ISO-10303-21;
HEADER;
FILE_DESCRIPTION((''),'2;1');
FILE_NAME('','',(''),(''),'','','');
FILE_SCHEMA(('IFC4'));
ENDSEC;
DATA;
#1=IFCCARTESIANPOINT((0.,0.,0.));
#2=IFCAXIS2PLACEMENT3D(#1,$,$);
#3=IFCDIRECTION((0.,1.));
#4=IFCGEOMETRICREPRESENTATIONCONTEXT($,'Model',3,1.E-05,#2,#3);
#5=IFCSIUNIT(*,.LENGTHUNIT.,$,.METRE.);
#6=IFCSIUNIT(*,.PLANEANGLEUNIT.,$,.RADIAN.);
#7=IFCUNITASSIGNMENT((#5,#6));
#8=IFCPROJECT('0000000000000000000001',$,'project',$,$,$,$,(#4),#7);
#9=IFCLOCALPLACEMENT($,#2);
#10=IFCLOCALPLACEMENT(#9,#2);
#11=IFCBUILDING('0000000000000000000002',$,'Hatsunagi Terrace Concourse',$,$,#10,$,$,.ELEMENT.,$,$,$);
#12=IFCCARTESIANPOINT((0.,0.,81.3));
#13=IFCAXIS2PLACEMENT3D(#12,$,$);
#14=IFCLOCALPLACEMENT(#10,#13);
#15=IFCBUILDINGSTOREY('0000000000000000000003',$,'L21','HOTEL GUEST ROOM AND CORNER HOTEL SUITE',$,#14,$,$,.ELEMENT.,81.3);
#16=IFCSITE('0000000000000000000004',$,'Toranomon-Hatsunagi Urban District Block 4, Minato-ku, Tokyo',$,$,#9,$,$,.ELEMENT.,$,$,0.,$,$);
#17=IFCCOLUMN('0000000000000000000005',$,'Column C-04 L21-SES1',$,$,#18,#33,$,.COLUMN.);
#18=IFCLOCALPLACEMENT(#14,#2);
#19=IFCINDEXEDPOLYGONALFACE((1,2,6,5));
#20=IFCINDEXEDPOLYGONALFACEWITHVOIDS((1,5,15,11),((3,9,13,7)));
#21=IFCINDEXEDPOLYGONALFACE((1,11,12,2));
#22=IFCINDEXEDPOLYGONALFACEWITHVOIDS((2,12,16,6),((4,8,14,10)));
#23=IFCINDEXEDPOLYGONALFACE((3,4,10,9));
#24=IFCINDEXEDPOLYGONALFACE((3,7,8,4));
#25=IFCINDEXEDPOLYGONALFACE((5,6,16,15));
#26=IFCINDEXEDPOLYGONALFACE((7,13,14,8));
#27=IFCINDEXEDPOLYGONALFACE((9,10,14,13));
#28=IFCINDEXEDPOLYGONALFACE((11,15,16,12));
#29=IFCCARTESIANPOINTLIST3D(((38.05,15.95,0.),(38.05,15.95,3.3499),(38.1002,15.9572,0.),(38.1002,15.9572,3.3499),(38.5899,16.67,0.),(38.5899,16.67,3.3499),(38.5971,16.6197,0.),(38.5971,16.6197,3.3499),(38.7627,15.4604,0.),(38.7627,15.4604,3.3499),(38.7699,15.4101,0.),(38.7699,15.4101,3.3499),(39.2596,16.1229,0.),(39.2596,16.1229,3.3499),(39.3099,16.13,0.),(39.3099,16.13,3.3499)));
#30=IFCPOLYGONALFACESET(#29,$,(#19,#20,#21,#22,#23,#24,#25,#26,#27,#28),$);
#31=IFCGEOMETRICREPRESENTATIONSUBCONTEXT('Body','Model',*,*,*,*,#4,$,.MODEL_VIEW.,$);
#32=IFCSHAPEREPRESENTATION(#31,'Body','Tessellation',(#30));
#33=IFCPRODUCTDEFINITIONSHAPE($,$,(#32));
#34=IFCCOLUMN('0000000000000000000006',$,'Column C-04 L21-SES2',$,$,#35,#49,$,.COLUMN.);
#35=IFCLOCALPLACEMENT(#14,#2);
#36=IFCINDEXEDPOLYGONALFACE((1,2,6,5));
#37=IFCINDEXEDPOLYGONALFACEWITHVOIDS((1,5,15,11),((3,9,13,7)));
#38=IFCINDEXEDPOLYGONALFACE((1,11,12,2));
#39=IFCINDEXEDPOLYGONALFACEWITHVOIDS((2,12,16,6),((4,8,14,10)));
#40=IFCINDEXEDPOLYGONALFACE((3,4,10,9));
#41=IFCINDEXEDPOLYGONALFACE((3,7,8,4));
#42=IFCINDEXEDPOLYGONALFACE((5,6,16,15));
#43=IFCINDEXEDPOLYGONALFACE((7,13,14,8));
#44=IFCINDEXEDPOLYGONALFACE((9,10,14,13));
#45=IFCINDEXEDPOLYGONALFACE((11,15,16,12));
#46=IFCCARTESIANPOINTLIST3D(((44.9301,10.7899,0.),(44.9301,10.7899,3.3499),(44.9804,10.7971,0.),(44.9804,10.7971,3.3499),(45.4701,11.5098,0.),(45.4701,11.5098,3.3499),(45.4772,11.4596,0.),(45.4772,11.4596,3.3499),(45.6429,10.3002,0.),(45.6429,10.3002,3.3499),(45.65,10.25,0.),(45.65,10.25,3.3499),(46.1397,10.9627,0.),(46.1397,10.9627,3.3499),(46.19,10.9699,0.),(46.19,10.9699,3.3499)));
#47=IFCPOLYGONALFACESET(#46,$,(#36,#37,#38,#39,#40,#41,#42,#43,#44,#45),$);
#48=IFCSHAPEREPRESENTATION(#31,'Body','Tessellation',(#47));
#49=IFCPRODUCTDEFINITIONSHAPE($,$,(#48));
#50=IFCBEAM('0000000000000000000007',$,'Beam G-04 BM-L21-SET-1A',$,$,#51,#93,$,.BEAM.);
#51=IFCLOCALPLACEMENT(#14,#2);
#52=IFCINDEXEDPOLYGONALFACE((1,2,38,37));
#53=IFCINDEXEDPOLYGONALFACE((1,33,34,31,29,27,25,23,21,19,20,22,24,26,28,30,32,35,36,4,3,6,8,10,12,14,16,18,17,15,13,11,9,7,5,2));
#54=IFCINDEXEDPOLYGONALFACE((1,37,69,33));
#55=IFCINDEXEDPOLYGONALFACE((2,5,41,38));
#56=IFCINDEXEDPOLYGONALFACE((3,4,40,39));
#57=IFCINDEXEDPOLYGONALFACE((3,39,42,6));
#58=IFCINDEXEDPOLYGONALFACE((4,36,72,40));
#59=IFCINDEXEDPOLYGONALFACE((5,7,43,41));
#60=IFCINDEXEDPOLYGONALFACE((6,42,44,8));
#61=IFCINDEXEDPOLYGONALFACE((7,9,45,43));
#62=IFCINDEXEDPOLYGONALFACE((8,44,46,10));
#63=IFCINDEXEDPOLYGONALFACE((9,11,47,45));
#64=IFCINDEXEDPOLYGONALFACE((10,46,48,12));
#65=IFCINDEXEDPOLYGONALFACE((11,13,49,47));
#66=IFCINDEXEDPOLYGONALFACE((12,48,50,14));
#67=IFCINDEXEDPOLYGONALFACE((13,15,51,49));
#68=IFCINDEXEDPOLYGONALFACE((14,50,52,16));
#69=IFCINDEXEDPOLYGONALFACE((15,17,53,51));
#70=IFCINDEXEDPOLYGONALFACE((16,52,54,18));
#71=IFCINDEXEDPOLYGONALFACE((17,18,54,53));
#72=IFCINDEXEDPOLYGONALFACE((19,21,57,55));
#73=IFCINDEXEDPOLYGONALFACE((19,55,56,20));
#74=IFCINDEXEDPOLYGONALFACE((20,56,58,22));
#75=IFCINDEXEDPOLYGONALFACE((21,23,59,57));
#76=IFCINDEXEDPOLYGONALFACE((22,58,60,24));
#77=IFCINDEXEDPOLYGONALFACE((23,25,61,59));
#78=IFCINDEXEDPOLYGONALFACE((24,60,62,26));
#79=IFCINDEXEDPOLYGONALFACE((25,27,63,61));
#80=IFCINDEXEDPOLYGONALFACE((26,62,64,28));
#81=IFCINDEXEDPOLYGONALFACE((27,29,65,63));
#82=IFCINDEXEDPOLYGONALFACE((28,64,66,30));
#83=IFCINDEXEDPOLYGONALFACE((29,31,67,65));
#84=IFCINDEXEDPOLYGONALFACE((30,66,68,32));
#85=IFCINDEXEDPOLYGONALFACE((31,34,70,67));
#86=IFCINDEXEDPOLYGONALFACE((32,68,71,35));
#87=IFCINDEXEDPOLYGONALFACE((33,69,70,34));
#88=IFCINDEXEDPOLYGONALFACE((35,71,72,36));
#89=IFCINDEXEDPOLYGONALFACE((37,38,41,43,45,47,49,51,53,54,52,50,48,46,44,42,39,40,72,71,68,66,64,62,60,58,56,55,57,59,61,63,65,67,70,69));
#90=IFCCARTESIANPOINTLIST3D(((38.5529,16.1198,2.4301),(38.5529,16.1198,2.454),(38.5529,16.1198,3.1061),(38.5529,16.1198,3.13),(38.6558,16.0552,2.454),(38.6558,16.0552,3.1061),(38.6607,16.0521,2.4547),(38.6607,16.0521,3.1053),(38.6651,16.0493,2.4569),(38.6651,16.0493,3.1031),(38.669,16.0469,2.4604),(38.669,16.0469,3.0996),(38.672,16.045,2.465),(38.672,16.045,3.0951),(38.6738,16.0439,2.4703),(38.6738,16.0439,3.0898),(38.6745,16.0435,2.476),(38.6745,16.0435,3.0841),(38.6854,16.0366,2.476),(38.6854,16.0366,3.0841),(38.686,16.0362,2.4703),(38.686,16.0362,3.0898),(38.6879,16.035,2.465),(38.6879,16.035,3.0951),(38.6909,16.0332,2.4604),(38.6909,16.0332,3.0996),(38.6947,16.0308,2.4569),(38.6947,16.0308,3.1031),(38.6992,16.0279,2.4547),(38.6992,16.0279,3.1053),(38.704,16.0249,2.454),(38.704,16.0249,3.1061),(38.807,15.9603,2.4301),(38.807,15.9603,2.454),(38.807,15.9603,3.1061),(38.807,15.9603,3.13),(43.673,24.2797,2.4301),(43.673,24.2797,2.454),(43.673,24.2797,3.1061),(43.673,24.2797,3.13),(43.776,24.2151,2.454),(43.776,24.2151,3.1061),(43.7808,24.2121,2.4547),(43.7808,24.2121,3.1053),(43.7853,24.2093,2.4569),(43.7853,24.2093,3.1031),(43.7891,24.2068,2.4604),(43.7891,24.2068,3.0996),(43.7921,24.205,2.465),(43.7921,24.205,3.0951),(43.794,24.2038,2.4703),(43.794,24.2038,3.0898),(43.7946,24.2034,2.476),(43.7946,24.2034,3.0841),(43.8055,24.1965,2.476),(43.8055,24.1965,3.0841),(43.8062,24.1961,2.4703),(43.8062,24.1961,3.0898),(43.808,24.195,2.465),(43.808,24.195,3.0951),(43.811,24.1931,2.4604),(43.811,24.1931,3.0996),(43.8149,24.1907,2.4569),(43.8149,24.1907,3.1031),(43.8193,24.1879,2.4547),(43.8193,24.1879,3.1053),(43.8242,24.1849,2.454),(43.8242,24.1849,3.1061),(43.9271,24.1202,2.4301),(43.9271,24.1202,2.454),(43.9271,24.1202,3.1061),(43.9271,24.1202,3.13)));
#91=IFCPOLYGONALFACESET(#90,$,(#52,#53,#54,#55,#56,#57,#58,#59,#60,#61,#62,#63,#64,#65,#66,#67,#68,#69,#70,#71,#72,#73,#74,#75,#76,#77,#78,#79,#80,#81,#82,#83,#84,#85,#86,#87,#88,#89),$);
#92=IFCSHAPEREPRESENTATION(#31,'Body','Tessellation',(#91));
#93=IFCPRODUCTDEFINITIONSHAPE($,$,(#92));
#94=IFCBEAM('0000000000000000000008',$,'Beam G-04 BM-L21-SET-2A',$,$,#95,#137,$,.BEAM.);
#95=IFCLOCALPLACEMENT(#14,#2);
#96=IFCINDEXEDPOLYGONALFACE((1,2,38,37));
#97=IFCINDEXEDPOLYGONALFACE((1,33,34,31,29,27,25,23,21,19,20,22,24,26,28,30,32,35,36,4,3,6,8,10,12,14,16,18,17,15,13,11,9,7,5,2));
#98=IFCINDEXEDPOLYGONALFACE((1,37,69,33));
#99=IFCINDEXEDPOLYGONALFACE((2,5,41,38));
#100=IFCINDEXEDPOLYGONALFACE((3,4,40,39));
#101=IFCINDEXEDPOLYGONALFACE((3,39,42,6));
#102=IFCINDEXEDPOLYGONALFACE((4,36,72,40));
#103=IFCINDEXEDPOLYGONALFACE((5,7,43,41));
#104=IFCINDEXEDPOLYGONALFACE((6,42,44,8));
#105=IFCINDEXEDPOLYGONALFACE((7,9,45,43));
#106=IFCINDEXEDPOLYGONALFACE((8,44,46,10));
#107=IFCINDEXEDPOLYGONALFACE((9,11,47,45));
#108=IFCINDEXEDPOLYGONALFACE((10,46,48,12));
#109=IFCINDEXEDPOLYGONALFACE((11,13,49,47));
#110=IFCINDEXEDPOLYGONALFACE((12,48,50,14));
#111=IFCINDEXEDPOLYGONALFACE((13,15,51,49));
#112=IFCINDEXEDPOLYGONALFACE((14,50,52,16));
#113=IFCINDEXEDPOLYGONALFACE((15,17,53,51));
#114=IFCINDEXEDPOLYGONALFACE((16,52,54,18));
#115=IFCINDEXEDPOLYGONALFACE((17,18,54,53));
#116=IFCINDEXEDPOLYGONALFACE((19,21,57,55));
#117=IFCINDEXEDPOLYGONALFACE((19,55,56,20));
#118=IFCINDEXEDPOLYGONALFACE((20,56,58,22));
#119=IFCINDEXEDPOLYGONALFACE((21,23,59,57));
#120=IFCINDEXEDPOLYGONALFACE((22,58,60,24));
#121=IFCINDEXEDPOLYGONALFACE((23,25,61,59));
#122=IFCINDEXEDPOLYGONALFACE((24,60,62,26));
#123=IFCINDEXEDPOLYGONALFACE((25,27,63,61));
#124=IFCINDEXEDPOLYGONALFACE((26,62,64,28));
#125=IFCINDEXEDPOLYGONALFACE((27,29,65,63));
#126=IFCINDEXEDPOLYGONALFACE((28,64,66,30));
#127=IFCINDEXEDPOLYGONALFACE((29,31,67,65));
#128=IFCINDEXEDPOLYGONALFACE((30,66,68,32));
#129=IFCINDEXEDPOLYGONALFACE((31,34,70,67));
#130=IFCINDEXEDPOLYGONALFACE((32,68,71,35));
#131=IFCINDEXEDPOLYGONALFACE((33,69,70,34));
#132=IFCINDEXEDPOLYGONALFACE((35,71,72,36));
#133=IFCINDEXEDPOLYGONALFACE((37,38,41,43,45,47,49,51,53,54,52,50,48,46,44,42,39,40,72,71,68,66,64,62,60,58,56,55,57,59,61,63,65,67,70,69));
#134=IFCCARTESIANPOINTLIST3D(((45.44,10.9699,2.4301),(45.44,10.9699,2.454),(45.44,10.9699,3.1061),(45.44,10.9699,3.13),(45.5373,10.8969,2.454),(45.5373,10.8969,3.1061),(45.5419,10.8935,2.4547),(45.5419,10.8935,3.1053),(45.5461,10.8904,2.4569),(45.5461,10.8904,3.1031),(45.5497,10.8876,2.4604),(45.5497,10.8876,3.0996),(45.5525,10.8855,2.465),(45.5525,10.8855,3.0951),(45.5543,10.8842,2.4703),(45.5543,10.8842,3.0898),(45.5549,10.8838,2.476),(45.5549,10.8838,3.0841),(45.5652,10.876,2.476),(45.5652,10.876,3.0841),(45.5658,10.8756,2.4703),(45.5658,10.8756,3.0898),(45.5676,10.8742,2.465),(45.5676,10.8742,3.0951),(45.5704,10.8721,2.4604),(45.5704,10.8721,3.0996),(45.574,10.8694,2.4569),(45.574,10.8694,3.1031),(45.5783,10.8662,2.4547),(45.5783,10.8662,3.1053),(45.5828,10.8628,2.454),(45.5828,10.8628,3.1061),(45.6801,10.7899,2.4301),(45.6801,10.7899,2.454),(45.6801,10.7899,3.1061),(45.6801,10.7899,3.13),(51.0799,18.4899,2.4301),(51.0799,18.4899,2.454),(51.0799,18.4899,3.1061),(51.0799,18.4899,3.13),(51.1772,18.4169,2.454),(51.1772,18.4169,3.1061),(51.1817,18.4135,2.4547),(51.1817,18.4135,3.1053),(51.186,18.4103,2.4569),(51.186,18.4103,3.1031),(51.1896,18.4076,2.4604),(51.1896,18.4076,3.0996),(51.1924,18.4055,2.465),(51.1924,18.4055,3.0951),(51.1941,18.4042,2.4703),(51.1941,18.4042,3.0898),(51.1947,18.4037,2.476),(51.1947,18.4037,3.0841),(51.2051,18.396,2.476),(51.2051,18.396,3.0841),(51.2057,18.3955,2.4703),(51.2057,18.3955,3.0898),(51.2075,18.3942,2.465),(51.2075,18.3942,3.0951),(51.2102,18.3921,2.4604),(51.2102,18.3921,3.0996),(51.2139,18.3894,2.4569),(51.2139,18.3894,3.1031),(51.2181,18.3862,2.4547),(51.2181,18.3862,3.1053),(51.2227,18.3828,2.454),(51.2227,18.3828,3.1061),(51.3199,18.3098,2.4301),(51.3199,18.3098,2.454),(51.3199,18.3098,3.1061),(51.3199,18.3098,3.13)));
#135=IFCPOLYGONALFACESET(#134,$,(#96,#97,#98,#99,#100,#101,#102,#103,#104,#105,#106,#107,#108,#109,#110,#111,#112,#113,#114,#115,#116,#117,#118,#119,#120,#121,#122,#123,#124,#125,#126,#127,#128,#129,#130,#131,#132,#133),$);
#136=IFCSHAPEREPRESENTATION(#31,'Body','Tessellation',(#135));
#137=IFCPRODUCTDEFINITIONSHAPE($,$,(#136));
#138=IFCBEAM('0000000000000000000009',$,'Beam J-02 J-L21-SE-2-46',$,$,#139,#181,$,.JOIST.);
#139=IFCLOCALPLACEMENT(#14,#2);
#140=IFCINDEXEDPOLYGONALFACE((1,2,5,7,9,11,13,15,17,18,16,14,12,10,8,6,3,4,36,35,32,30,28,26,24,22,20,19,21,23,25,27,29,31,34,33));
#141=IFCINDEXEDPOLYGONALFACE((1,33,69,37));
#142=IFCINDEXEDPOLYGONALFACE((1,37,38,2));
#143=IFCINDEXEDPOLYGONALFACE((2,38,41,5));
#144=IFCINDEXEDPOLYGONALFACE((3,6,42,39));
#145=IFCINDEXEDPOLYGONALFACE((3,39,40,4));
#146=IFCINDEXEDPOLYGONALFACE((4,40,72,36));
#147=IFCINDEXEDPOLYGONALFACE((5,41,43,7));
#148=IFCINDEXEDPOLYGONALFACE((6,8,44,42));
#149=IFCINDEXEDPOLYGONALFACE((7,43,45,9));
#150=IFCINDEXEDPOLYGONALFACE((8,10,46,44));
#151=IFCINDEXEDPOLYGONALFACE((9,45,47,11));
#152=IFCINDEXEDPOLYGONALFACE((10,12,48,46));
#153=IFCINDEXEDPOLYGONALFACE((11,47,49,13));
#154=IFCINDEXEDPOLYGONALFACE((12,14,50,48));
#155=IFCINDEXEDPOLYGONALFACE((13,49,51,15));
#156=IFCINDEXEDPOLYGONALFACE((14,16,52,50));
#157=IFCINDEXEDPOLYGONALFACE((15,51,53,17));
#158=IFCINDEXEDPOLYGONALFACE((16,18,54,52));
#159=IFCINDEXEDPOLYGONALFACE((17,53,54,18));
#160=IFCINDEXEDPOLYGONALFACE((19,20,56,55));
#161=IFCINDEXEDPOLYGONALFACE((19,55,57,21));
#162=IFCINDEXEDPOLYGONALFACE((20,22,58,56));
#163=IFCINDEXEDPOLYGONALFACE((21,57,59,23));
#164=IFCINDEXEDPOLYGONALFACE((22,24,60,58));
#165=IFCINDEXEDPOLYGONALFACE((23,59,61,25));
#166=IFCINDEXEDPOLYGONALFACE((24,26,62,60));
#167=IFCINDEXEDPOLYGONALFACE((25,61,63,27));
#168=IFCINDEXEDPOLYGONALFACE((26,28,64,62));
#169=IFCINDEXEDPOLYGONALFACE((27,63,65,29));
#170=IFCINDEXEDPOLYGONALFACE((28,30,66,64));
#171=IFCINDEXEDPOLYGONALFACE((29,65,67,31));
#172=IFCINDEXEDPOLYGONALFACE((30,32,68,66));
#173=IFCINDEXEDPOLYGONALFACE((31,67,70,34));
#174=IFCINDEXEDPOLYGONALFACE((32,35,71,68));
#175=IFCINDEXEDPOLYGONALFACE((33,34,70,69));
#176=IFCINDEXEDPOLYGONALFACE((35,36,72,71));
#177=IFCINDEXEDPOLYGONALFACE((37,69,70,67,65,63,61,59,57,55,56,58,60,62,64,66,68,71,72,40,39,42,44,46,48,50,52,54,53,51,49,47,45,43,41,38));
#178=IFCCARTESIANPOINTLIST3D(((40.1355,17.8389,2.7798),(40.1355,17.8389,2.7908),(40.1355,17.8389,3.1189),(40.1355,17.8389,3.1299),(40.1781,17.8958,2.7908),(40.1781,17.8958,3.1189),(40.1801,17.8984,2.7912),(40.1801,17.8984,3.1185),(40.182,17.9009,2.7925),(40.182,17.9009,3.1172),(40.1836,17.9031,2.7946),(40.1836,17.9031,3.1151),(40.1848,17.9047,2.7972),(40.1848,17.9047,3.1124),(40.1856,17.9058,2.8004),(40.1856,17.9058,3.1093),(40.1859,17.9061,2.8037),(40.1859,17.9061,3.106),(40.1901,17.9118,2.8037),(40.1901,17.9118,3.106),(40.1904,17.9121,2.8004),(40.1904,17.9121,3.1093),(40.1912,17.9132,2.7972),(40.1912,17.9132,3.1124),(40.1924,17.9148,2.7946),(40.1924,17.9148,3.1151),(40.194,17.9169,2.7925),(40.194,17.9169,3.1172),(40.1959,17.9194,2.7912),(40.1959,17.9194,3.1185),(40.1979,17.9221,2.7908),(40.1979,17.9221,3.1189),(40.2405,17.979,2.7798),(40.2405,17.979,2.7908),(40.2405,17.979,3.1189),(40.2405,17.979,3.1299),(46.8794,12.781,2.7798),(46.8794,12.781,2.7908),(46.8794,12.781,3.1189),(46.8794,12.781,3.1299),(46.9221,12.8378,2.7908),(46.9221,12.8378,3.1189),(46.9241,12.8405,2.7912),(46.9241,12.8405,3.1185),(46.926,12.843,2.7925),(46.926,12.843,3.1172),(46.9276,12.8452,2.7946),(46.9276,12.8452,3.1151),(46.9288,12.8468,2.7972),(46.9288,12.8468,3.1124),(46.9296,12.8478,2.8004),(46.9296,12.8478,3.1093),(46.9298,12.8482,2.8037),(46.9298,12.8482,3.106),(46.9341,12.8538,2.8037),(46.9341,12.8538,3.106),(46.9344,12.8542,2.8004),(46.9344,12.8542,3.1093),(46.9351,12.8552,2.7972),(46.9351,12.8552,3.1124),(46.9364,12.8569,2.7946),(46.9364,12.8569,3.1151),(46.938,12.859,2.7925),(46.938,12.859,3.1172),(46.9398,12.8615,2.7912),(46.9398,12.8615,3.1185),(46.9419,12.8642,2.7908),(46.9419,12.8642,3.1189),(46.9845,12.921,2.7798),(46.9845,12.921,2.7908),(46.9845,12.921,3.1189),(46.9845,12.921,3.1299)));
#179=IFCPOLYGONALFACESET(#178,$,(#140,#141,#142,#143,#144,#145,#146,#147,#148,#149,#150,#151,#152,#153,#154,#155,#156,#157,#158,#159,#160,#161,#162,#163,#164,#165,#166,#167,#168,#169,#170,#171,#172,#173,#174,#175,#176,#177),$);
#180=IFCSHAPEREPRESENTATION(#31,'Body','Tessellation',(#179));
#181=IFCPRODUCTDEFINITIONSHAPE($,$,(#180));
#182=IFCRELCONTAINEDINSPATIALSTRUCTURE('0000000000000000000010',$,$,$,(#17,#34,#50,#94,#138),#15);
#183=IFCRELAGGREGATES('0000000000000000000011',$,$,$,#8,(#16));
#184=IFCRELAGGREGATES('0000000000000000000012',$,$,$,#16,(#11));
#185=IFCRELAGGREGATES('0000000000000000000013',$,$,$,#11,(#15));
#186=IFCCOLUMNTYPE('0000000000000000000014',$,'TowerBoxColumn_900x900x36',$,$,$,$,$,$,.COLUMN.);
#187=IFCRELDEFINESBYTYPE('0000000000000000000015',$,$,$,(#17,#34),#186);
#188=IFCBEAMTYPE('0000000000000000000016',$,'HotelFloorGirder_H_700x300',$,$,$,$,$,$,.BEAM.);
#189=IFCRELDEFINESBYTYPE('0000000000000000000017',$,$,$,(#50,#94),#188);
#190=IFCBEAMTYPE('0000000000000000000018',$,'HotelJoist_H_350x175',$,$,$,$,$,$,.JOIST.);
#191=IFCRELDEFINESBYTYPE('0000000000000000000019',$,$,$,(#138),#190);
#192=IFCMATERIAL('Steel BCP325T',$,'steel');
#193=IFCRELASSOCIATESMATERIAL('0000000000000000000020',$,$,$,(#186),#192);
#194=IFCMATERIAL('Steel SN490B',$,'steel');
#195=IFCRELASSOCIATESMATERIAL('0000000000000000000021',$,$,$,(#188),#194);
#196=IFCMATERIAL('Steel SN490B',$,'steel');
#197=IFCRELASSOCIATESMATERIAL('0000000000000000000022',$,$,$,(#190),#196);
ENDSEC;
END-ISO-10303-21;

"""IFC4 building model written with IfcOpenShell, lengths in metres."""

from ifc_helpers import new_model, si_unit, direction, frame, origin, origin_2d, place, context, subcontext, project, spatial, hollow_rectangle, i_section, extrude, material, material_profile, profile_set, type_object, element, save


model = new_model("IFC4")

# Units and contexts
model_context = context("Model", 3, precision=1e-05, world=origin(), true_north=direction((0.0, 1.0)))
body_context = subcontext(model_context, "Body", "Model", "MODEL_VIEW")
ifc_project = project(units=[si_unit("LENGTHUNIT", "METRE"), si_unit("PLANEANGLEUNIT", "RADIAN")], contexts=[model_context])

# Site, building, storey
site_placement = place(None, origin())
site = spatial("IfcSite", under=ifc_project, at=site_placement, Name="Toranomon-Hatsunagi Urban District Block 4, Minato-ku, Tokyo", CompositionType="ELEMENT", RefElevation=0.0)
building_placement = place(site_placement, origin())
building = spatial("IfcBuilding", under=site, at=building_placement, Name="Hatsunagi Terrace Concourse", CompositionType="ELEMENT")
storey_placement = place(building_placement, frame((0.0, 0.0, 81.3)))
storey = spatial("IfcBuildingStorey", under=building, at=storey_placement, Name="L21", Description="HOTEL GUEST ROOM AND CORNER HOTEL SUITE", CompositionType="ELEMENT", Elevation=81.3)

# Columns
ifc_material_1 = material(Name="Steel BCP325T", Category="steel")
ifc_material_profile_1 = material_profile(ifc_material_1, hollow_rectangle(XDim=0.8999, YDim=0.8999, WallThickness=0.0359, at=origin_2d()), Name="BCP-900x900x36")
ifc_profile_set_1 = profile_set([ifc_material_profile_1], Name="Steel BCP325T")
column_type = type_object("IfcColumnType", Name="TowerBoxColumn_900x900x36", PredefinedType="COLUMN", material=ifc_profile_set_1)
for number, where, z_axis, x_axis, name in (
    (1, (38.6799, 16.04, 0.0), (0.0, 0.0, 1.0), (0.8, -0.6, 0.0), "Column C-04 L21-SES1"),
    (2, (45.5601, 10.8799, 0.0), (0.0, 0.0, 1.0), (0.8, -0.6, 0.0), "Column C-04 L21-SES2"),
):
    element("IfcColumn", number, at=place(storey_placement, frame(where, z_axis=z_axis, x_axis=x_axis)), inside=storey, type_object=column_type, Name=name, PredefinedType="COLUMN", context=body_context, shape_type="SweptSolid", body=[
        extrude(hollow_rectangle(XDim=0.8999, YDim=0.8999, WallThickness=0.0359, at=origin_2d()), origin(), (0.0, 0.0, 1.0), 3.3499),
    ])

# Beams
ifc_material_2 = material(Name="Steel SN490B", Category="steel")
ifc_material_profile_2 = material_profile(ifc_material_2, i_section(OverallWidth=0.3, OverallDepth=0.7, WebThickness=0.0129, FlangeThickness=0.0239, FilletRadius=0.022, at=origin_2d()), Name="H-700x300x13x24")
ifc_profile_set_2 = profile_set([ifc_material_profile_2], Name="Steel SN490B")
beam_type_1 = type_object("IfcBeamType", Name="HotelFloorGirder_H_700x300", PredefinedType="BEAM", material=ifc_profile_set_2)
beam_1_placement = place(storey_placement, frame((38.6799, 16.04, 2.78), z_axis=(0.531504, 0.847056, 0.0), x_axis=(-0.847056, 0.531504, 0.0)))
element("IfcBeam", 3, at=beam_1_placement, inside=storey, type_object=beam_type_1, Name="Beam G-04 BM-L21-SET-1A", PredefinedType="BEAM", context=body_context, shape_type="SweptSolid", body=[
    extrude(i_section(OverallWidth=0.3, OverallDepth=0.7, WebThickness=0.0129, FlangeThickness=0.0239, FilletRadius=0.022, at=origin_2d()), origin(), (0.0, 0.0, 1.0), 9.6333),
])
beam_2_placement = place(storey_placement, frame((45.5601, 10.8799, 2.78), z_axis=(0.599992, 0.800006, 0.0), x_axis=(-0.800006, 0.599992, 0.0)))
element("IfcBeam", 4, at=beam_2_placement, inside=storey, type_object=beam_type_1, Name="Beam G-04 BM-L21-SET-2A", PredefinedType="BEAM", context=body_context, shape_type="SweptSolid", body=[
    extrude(i_section(OverallWidth=0.3, OverallDepth=0.7, WebThickness=0.0129, FlangeThickness=0.0239, FilletRadius=0.022, at=origin_2d()), origin(), (0.0, 0.0, 1.0), 9.3999),
])
ifc_material_3 = material(Name="Steel SN490B", Category="steel")
ifc_material_profile_3 = material_profile(ifc_material_3, i_section(OverallWidth=0.175, OverallDepth=0.3501, WebThickness=0.0071, FlangeThickness=0.011, FilletRadius=0.0129, at=origin_2d()), Name="H-350x175x7x11")
ifc_profile_set_3 = profile_set([ifc_material_profile_3], Name="Steel SN490B")
beam_type_2 = type_object("IfcBeamType", Name="HotelJoist_H_350x175", PredefinedType="JOIST", material=ifc_profile_set_3)
for number, where, z_axis, x_axis, name in (
    (5, (40.188, 17.9089, 2.9548), (0.800003, -0.599995, 0.0), (0.599995, 0.800003, 0.0), "Beam J-02 J-L21-SE-2-46"),
):
    element("IfcBeam", number, at=place(storey_placement, frame(where, z_axis=z_axis, x_axis=x_axis)), inside=storey, type_object=beam_type_2, Name=name, PredefinedType="JOIST", context=body_context, shape_type="SweptSolid", body=[
        extrude(i_section(OverallWidth=0.175, OverallDepth=0.3501, WebThickness=0.0071, FlangeThickness=0.011, FilletRadius=0.0129, at=origin_2d()), origin(), (0.0, 0.0, 1.0), 8.4299),
    ])

save(model, "model.ifc")
